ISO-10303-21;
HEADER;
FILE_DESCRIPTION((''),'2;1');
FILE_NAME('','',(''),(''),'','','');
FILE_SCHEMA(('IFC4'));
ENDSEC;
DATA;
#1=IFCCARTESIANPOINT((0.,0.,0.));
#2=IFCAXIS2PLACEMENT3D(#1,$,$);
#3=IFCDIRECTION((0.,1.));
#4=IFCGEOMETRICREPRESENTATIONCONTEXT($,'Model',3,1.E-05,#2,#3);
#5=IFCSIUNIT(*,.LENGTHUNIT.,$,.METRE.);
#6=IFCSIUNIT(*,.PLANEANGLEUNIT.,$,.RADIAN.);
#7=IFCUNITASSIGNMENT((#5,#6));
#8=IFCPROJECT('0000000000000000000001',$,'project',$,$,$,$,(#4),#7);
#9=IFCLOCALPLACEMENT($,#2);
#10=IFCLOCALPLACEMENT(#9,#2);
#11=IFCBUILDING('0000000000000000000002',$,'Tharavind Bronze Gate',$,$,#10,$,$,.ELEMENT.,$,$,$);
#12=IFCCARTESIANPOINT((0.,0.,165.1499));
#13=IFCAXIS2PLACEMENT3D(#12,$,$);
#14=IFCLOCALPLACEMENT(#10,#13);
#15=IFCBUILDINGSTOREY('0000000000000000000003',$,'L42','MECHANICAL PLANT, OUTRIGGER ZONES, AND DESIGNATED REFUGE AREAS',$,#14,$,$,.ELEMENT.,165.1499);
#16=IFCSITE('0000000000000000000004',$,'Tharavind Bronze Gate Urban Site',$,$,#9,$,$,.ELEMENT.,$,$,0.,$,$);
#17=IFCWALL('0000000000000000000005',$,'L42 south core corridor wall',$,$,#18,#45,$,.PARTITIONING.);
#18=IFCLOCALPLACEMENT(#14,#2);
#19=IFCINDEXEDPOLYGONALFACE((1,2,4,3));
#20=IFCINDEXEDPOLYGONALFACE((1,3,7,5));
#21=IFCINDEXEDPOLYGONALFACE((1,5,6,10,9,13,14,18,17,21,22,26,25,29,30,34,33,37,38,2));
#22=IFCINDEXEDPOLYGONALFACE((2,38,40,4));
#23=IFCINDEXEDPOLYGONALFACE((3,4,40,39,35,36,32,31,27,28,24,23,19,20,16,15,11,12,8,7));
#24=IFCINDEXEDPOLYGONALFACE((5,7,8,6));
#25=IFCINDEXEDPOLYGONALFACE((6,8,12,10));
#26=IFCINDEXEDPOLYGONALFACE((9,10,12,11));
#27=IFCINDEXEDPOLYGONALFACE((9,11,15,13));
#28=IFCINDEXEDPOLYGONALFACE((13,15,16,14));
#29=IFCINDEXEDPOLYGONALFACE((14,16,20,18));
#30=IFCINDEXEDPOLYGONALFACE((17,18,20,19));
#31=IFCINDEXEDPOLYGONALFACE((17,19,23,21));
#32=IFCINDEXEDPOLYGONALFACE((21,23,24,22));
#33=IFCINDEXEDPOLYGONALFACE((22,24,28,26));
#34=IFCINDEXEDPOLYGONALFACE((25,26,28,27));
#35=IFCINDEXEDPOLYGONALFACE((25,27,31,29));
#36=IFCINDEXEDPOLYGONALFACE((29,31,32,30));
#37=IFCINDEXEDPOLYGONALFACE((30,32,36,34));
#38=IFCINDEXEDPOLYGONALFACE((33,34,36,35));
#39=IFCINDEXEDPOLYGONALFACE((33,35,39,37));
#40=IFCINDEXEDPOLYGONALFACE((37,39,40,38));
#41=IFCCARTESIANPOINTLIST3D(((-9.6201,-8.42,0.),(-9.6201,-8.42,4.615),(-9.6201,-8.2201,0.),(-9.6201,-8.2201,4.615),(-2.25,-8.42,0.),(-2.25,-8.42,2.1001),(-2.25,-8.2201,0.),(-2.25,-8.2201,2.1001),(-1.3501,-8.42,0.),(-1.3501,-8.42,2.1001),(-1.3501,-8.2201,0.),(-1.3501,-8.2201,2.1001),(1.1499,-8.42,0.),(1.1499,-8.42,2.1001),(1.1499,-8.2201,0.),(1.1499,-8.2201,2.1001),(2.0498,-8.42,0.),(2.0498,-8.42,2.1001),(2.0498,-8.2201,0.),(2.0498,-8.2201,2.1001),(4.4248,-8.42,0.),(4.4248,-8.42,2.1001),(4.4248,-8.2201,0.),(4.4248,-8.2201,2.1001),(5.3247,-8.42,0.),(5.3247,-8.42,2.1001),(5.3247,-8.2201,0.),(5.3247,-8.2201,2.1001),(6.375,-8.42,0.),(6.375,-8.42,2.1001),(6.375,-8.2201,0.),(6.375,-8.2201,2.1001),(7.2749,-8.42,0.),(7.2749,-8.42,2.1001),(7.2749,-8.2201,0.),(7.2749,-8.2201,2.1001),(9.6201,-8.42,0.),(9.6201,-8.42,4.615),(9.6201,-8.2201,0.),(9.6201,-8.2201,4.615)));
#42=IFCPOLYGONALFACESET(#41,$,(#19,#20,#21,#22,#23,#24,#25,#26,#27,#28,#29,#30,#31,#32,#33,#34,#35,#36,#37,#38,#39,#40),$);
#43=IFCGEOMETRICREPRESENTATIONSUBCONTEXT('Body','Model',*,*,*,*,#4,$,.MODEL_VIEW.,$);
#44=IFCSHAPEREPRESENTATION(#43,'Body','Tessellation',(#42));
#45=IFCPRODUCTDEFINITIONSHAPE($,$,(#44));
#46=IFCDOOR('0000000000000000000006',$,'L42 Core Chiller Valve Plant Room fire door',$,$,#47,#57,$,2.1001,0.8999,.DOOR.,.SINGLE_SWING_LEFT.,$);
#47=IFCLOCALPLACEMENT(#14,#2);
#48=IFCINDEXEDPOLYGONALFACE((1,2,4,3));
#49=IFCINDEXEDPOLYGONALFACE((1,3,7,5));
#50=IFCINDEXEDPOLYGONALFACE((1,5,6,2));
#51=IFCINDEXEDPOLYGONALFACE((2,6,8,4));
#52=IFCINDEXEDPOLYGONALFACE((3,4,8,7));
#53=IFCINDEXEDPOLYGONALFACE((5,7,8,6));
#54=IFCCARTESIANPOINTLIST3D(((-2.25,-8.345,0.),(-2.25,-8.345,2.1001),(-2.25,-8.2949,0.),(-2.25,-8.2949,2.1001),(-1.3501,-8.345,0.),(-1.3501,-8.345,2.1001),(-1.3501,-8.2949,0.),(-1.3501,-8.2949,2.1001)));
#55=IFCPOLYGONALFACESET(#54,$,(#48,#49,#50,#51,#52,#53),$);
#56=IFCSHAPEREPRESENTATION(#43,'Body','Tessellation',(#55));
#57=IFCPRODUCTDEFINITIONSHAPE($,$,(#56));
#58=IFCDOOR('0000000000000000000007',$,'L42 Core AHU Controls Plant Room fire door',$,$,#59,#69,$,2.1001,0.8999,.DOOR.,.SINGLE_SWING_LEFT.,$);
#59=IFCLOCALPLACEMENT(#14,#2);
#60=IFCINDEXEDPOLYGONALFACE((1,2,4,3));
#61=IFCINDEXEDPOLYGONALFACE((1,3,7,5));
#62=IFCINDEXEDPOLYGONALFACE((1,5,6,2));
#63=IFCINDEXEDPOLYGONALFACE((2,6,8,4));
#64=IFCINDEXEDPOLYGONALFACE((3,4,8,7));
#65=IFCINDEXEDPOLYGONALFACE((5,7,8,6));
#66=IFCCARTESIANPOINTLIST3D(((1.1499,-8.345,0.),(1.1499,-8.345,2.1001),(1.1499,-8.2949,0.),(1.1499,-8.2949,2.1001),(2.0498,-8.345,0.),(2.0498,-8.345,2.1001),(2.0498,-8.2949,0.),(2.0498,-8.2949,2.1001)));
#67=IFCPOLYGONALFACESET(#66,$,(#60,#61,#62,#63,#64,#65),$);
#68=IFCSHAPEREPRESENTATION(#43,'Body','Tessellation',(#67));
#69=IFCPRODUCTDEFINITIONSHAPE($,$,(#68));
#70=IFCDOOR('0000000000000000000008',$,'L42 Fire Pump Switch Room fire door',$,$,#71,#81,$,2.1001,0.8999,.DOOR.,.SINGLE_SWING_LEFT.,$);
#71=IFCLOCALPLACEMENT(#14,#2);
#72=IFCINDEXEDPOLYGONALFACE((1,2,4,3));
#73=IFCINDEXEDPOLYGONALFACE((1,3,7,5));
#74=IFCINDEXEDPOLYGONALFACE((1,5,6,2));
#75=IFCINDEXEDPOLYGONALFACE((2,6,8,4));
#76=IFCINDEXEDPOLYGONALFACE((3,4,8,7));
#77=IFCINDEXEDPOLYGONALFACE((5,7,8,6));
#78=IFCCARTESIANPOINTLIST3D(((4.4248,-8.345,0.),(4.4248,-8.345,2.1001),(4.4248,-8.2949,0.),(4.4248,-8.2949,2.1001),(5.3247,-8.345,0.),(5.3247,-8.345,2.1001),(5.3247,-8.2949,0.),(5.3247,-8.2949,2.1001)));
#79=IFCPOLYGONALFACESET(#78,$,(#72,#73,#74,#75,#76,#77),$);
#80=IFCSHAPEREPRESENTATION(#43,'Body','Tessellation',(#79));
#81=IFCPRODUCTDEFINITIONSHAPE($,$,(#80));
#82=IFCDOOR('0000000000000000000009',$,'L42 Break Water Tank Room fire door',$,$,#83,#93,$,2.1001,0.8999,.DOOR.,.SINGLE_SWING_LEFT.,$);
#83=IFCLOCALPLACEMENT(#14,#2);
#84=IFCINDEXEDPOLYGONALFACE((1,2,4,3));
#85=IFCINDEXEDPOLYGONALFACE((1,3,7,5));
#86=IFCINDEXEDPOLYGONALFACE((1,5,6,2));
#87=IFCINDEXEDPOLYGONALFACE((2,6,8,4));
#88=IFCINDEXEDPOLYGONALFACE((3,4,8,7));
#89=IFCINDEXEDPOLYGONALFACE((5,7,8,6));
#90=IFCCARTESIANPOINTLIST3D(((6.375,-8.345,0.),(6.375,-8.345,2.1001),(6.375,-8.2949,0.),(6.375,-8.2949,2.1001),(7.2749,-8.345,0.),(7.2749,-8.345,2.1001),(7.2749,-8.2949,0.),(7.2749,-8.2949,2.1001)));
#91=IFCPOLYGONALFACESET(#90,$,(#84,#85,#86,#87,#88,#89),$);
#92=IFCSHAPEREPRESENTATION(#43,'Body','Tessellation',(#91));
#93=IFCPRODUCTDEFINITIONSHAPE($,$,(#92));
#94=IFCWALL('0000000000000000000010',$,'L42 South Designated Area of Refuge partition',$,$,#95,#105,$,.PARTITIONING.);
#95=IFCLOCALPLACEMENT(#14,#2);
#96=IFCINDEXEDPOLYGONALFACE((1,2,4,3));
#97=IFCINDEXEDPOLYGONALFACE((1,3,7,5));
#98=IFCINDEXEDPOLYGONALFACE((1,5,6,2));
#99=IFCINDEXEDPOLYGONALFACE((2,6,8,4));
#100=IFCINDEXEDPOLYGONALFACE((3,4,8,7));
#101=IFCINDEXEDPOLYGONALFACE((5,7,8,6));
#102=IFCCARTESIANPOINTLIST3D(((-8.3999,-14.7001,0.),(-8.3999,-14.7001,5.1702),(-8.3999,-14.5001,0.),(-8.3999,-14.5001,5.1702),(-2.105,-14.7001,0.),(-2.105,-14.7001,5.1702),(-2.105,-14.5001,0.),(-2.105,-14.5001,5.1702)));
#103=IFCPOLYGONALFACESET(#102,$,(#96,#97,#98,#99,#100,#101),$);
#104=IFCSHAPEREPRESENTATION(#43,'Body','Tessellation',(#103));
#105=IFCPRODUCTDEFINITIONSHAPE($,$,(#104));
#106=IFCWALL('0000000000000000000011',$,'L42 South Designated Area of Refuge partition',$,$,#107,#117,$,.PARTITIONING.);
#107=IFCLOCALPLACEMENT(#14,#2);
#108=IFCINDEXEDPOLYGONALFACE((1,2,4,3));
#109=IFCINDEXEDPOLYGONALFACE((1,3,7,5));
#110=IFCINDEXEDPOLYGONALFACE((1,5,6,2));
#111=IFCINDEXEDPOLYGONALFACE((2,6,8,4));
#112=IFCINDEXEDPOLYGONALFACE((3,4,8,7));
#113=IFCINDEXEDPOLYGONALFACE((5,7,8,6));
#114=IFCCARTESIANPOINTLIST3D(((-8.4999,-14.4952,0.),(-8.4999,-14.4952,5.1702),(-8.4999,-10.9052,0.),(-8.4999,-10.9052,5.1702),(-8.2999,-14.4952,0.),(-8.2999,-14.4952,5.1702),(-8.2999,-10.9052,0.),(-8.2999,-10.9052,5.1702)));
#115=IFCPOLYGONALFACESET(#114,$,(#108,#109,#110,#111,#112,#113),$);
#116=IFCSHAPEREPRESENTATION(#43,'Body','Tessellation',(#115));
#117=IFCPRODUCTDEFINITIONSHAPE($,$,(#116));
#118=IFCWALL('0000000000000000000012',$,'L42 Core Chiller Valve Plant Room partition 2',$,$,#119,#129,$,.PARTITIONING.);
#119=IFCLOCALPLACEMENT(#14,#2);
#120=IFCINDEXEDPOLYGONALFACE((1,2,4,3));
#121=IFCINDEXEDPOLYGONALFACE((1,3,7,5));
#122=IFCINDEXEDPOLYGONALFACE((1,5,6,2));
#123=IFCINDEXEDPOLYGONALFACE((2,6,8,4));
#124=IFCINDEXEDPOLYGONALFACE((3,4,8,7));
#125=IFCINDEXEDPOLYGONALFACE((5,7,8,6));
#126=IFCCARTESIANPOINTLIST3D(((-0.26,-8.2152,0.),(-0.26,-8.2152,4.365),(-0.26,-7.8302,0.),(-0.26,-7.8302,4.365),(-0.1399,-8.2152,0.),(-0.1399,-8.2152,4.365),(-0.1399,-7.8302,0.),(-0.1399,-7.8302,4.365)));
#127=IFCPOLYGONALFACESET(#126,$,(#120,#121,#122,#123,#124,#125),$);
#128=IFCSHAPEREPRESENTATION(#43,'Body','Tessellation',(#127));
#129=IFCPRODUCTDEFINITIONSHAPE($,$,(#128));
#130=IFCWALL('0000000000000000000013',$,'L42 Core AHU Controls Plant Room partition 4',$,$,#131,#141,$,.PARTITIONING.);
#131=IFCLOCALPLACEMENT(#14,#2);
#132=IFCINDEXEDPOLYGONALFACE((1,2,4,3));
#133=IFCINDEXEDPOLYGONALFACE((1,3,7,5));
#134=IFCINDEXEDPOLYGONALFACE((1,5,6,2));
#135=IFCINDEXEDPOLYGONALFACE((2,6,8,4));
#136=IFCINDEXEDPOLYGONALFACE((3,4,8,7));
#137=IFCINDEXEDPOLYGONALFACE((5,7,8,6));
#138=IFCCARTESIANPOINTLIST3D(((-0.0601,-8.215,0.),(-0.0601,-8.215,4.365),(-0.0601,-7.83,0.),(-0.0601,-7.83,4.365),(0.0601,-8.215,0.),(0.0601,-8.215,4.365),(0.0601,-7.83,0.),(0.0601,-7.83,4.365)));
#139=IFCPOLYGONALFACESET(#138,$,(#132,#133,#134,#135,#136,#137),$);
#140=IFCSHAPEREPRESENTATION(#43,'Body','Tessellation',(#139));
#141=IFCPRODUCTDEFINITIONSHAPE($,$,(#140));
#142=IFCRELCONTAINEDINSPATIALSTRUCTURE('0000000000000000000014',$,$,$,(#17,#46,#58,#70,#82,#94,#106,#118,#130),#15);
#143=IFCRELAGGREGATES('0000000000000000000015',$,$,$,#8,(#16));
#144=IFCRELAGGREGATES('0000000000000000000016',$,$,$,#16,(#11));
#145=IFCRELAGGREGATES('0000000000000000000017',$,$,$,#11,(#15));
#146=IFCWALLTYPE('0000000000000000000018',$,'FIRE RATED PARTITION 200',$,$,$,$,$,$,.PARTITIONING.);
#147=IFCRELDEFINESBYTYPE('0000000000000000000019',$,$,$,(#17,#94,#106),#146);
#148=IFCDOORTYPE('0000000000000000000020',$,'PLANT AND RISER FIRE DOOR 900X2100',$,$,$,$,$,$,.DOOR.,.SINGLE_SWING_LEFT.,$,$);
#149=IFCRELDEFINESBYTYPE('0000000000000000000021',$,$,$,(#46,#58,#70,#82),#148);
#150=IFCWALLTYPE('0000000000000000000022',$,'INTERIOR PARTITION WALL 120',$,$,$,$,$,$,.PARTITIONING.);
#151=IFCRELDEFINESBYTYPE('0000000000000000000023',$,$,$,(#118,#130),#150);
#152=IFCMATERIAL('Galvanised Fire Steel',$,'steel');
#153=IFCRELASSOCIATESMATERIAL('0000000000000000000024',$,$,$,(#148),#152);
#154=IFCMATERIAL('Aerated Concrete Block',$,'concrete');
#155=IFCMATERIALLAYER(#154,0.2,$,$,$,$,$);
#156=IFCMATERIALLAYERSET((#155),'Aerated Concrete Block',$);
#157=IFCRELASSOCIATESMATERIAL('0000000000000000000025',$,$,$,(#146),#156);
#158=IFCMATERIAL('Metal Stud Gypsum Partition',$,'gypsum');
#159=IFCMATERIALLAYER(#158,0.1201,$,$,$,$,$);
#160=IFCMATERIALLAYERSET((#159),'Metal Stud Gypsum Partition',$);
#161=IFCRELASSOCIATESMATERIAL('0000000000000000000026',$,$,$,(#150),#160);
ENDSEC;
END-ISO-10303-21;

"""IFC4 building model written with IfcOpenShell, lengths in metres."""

from ifc_helpers import new_model, si_unit, direction, frame, frame_2d, origin, place, context, subcontext, project, spatial, rectangle, extrude, material, layer, layer_set, type_object, element, fill, save


model = new_model("IFC4")

# Units and contexts
model_context = context("Model", 3, precision=1e-05, world=origin(), true_north=direction((0.0, 1.0)))
body_context = subcontext(model_context, "Body", "Model", "MODEL_VIEW")
ifc_project = project(units=[si_unit("LENGTHUNIT", "METRE"), si_unit("PLANEANGLEUNIT", "RADIAN")], contexts=[model_context])

# Site, building, storey
site_placement = place(None, origin())
site = spatial("IfcSite", under=ifc_project, at=site_placement, Name="Tharavind Bronze Gate Urban Site", CompositionType="ELEMENT", RefElevation=0.0)
building_placement = place(site_placement, origin())
building = spatial("IfcBuilding", under=site, at=building_placement, Name="Tharavind Bronze Gate", CompositionType="ELEMENT")
storey_placement = place(building_placement, frame((0.0, 0.0, 165.1499)))
storey = spatial("IfcBuildingStorey", under=building, at=storey_placement, Name="L42", Description="MECHANICAL PLANT, OUTRIGGER ZONES, AND DESIGNATED REFUGE AREAS", CompositionType="ELEMENT", Elevation=165.1499)

# Wall, openings, doors
ifc_material_1 = material(Name="Galvanised Fire Steel", Category="steel")
door_type_1 = type_object("IfcDoorType", Name="PLANT AND RISER FIRE DOOR 900X2100", OperationType="SINGLE_SWING_LEFT", PredefinedType="DOOR", material=ifc_material_1)
ifc_material_2 = material(Name="Aerated Concrete Block", Category="concrete")
ifc_layer_1 = layer(ifc_material_2, 0.2)
ifc_layer_set_1 = layer_set([ifc_layer_1], Name="Aerated Concrete Block")
wall_type_1 = type_object("IfcWallType", Name="FIRE RATED PARTITION 200", PredefinedType="PARTITIONING", material=ifc_layer_set_1)
wall_1_placement = place(storey_placement, frame((-9.6201, -8.3201, 0.0), z_axis=(0.0, 0.0, 1.0), x_axis=(1.0, 0.0, 0.0)))
wall_1 = element("IfcWall", 1, at=wall_1_placement, inside=storey, type_object=wall_type_1, Name="L42 south core corridor wall", PredefinedType="PARTITIONING", context=body_context, shape_type="SweptSolid", body=[
    extrude(rectangle(XDim=19.2402, YDim=0.2, at=frame_2d((9.6201, 0.0))), origin(), (0.0, 0.0, 1.0), 4.615),
])
opening_1_placement = place(wall_1_placement, frame((7.3701, 0.0, 0.0)))
opening_1 = element("IfcOpeningElement", 2, at=opening_1_placement, cuts=wall_1, PredefinedType="OPENING", context=body_context, shape_type="SweptSolid", body=[
    extrude(rectangle(XDim=0.8999, YDim=2.1001, at=frame_2d((0.45, 1.05))), frame((0.0, 0.1101, 0.0), z_axis=(0.0, -1.0, 0.0), x_axis=(1.0, 0.0, 0.0)), (0.0, 0.0, 1.0), 0.22),
])
opening_2_placement = place(wall_1_placement, frame((10.77, 0.0, 0.0)))
opening_2 = element("IfcOpeningElement", 3, at=opening_2_placement, cuts=wall_1, PredefinedType="OPENING", context=body_context, shape_type="SweptSolid", body=[
    extrude(rectangle(XDim=0.8999, YDim=2.1001, at=frame_2d((0.45, 1.05))), frame((0.0, 0.1101, 0.0), z_axis=(0.0, -1.0, 0.0), x_axis=(1.0, 0.0, 0.0)), (0.0, 0.0, 1.0), 0.22),
])
opening_3_placement = place(wall_1_placement, frame((14.0449, 0.0, 0.0)))
opening_3 = element("IfcOpeningElement", 4, at=opening_3_placement, cuts=wall_1, PredefinedType="OPENING", context=body_context, shape_type="SweptSolid", body=[
    extrude(rectangle(XDim=0.8999, YDim=2.1001, at=frame_2d((0.45, 1.05))), frame((0.0, 0.1101, 0.0), z_axis=(0.0, -1.0, 0.0), x_axis=(1.0, 0.0, 0.0)), (0.0, 0.0, 1.0), 0.22),
])
opening_4_placement = place(wall_1_placement, frame((15.9951, 0.0, 0.0)))
opening_4 = element("IfcOpeningElement", 5, at=opening_4_placement, cuts=wall_1, PredefinedType="OPENING", context=body_context, shape_type="SweptSolid", body=[
    extrude(rectangle(XDim=0.8999, YDim=2.1001, at=frame_2d((0.45, 1.05))), frame((0.0, 0.1101, 0.0), z_axis=(0.0, -1.0, 0.0), x_axis=(1.0, 0.0, 0.0)), (0.0, 0.0, 1.0), 0.22),
])
door_1_placement = place(opening_1_placement, frame((0.8999, 0.0, 0.0), z_axis=(0.0, 0.0, 1.0), x_axis=(-1.0, 0.0, 0.0)))
door_1 = element("IfcDoor", 6, at=door_1_placement, inside=storey, type_object=door_type_1, Name="L42 Core Chiller Valve Plant Room fire door", OperationType="SINGLE_SWING_LEFT", OverallHeight=2.1001, OverallWidth=0.8999, PredefinedType="DOOR", context=body_context, shape_type="SweptSolid", body=[
    extrude(rectangle(XDim=0.8999, YDim=2.1001, at=frame_2d((0.45, 1.05))), frame((0.0, 0.0249, 0.0), z_axis=(0.0, -1.0, 0.0), x_axis=(1.0, 0.0, 0.0)), (0.0, 0.0, 1.0), 0.05),
])
fill(opening_1, door_1)
door_2_placement = place(opening_2_placement, frame((0.8999, 0.0, 0.0), z_axis=(0.0, 0.0, 1.0), x_axis=(-1.0, 0.0, 0.0)))
door_2 = element("IfcDoor", 7, at=door_2_placement, inside=storey, type_object=door_type_1, Name="L42 Core AHU Controls Plant Room fire door", OperationType="SINGLE_SWING_LEFT", OverallHeight=2.1001, OverallWidth=0.8999, PredefinedType="DOOR", context=body_context, shape_type="SweptSolid", body=[
    extrude(rectangle(XDim=0.8999, YDim=2.1001, at=frame_2d((0.45, 1.05))), frame((0.0, 0.0249, 0.0), z_axis=(0.0, -1.0, 0.0), x_axis=(1.0, 0.0, 0.0)), (0.0, 0.0, 1.0), 0.05),
])
fill(opening_2, door_2)
door_3_placement = place(opening_3_placement, frame((0.8999, 0.0, 0.0), z_axis=(0.0, 0.0, 1.0), x_axis=(-1.0, 0.0, 0.0)))
door_3 = element("IfcDoor", 8, at=door_3_placement, inside=storey, type_object=door_type_1, Name="L42 Fire Pump Switch Room fire door", OperationType="SINGLE_SWING_LEFT", OverallHeight=2.1001, OverallWidth=0.8999, PredefinedType="DOOR", context=body_context, shape_type="SweptSolid", body=[
    extrude(rectangle(XDim=0.8999, YDim=2.1001, at=frame_2d((0.45, 1.05))), frame((0.0, 0.0249, 0.0), z_axis=(0.0, -1.0, 0.0), x_axis=(1.0, 0.0, 0.0)), (0.0, 0.0, 1.0), 0.05),
])
fill(opening_3, door_3)
door_4_placement = place(opening_4_placement, frame((0.8999, 0.0, 0.0), z_axis=(0.0, 0.0, 1.0), x_axis=(-1.0, 0.0, 0.0)))
door_4 = element("IfcDoor", 9, at=door_4_placement, inside=storey, type_object=door_type_1, Name="L42 Break Water Tank Room fire door", OperationType="SINGLE_SWING_LEFT", OverallHeight=2.1001, OverallWidth=0.8999, PredefinedType="DOOR", context=body_context, shape_type="SweptSolid", body=[
    extrude(rectangle(XDim=0.8999, YDim=2.1001, at=frame_2d((0.45, 1.05))), frame((0.0, 0.0249, 0.0), z_axis=(0.0, -1.0, 0.0), x_axis=(1.0, 0.0, 0.0)), (0.0, 0.0, 1.0), 0.05),
])
fill(opening_4, door_4)

# Walls
wall_2_placement = place(storey_placement, frame((-2.105, -14.6001, 0.0), z_axis=(0.0, 0.0, 1.0), x_axis=(-1.0, 0.0, 0.0)))
element("IfcWall", 10, at=wall_2_placement, inside=storey, type_object=wall_type_1, Name="L42 South Designated Area of Refuge partition", PredefinedType="PARTITIONING", context=body_context, shape_type="SweptSolid", body=[
    extrude(rectangle(XDim=6.2949, YDim=0.2, at=frame_2d((3.1475, 0.0))), origin(), (0.0, 0.0, 1.0), 5.1702),
])
wall_3_placement = place(storey_placement, frame((-8.3999, -14.4951, 0.0), z_axis=(0.0, 0.0, 1.0), x_axis=(0.0, 1.0, 0.0)))
element("IfcWall", 11, at=wall_3_placement, inside=storey, type_object=wall_type_1, Name="L42 South Designated Area of Refuge partition", PredefinedType="PARTITIONING", context=body_context, shape_type="SweptSolid", body=[
    extrude(rectangle(XDim=3.5901, YDim=0.2, at=frame_2d((1.7949, 0.0))), origin(), (0.0, 0.0, 1.0), 5.1702),
])
ifc_material_3 = material(Name="Metal Stud Gypsum Partition", Category="gypsum")
ifc_layer_2 = layer(ifc_material_3, 0.1201)
ifc_layer_set_2 = layer_set([ifc_layer_2], Name="Metal Stud Gypsum Partition")
wall_type_2 = type_object("IfcWallType", Name="INTERIOR PARTITION WALL 120", PredefinedType="PARTITIONING", material=ifc_layer_set_2)
for number, where, z_axis, x_axis, name in (
    (12, (-0.2, -8.2151, 0.0), (0.0, 0.0, 1.0), (0.0, 1.0, 0.0), "L42 Core Chiller Valve Plant Room partition 2"),
    (13, (0.0, -7.8301, 0.0), (0.0, 0.0, 1.0), (0.0, -1.0, 0.0), "L42 Core AHU Controls Plant Room partition 4"),
):
    element("IfcWall", number, at=place(storey_placement, frame(where, z_axis=z_axis, x_axis=x_axis)), inside=storey, type_object=wall_type_2, Name=name, PredefinedType="PARTITIONING", context=body_context, shape_type="SweptSolid", body=[
        extrude(rectangle(XDim=0.385, YDim=0.1201, at=frame_2d((0.1924, 0.0))), origin(), (0.0, 0.0, 1.0), 4.365),
    ])

save(model, "model.ifc")
